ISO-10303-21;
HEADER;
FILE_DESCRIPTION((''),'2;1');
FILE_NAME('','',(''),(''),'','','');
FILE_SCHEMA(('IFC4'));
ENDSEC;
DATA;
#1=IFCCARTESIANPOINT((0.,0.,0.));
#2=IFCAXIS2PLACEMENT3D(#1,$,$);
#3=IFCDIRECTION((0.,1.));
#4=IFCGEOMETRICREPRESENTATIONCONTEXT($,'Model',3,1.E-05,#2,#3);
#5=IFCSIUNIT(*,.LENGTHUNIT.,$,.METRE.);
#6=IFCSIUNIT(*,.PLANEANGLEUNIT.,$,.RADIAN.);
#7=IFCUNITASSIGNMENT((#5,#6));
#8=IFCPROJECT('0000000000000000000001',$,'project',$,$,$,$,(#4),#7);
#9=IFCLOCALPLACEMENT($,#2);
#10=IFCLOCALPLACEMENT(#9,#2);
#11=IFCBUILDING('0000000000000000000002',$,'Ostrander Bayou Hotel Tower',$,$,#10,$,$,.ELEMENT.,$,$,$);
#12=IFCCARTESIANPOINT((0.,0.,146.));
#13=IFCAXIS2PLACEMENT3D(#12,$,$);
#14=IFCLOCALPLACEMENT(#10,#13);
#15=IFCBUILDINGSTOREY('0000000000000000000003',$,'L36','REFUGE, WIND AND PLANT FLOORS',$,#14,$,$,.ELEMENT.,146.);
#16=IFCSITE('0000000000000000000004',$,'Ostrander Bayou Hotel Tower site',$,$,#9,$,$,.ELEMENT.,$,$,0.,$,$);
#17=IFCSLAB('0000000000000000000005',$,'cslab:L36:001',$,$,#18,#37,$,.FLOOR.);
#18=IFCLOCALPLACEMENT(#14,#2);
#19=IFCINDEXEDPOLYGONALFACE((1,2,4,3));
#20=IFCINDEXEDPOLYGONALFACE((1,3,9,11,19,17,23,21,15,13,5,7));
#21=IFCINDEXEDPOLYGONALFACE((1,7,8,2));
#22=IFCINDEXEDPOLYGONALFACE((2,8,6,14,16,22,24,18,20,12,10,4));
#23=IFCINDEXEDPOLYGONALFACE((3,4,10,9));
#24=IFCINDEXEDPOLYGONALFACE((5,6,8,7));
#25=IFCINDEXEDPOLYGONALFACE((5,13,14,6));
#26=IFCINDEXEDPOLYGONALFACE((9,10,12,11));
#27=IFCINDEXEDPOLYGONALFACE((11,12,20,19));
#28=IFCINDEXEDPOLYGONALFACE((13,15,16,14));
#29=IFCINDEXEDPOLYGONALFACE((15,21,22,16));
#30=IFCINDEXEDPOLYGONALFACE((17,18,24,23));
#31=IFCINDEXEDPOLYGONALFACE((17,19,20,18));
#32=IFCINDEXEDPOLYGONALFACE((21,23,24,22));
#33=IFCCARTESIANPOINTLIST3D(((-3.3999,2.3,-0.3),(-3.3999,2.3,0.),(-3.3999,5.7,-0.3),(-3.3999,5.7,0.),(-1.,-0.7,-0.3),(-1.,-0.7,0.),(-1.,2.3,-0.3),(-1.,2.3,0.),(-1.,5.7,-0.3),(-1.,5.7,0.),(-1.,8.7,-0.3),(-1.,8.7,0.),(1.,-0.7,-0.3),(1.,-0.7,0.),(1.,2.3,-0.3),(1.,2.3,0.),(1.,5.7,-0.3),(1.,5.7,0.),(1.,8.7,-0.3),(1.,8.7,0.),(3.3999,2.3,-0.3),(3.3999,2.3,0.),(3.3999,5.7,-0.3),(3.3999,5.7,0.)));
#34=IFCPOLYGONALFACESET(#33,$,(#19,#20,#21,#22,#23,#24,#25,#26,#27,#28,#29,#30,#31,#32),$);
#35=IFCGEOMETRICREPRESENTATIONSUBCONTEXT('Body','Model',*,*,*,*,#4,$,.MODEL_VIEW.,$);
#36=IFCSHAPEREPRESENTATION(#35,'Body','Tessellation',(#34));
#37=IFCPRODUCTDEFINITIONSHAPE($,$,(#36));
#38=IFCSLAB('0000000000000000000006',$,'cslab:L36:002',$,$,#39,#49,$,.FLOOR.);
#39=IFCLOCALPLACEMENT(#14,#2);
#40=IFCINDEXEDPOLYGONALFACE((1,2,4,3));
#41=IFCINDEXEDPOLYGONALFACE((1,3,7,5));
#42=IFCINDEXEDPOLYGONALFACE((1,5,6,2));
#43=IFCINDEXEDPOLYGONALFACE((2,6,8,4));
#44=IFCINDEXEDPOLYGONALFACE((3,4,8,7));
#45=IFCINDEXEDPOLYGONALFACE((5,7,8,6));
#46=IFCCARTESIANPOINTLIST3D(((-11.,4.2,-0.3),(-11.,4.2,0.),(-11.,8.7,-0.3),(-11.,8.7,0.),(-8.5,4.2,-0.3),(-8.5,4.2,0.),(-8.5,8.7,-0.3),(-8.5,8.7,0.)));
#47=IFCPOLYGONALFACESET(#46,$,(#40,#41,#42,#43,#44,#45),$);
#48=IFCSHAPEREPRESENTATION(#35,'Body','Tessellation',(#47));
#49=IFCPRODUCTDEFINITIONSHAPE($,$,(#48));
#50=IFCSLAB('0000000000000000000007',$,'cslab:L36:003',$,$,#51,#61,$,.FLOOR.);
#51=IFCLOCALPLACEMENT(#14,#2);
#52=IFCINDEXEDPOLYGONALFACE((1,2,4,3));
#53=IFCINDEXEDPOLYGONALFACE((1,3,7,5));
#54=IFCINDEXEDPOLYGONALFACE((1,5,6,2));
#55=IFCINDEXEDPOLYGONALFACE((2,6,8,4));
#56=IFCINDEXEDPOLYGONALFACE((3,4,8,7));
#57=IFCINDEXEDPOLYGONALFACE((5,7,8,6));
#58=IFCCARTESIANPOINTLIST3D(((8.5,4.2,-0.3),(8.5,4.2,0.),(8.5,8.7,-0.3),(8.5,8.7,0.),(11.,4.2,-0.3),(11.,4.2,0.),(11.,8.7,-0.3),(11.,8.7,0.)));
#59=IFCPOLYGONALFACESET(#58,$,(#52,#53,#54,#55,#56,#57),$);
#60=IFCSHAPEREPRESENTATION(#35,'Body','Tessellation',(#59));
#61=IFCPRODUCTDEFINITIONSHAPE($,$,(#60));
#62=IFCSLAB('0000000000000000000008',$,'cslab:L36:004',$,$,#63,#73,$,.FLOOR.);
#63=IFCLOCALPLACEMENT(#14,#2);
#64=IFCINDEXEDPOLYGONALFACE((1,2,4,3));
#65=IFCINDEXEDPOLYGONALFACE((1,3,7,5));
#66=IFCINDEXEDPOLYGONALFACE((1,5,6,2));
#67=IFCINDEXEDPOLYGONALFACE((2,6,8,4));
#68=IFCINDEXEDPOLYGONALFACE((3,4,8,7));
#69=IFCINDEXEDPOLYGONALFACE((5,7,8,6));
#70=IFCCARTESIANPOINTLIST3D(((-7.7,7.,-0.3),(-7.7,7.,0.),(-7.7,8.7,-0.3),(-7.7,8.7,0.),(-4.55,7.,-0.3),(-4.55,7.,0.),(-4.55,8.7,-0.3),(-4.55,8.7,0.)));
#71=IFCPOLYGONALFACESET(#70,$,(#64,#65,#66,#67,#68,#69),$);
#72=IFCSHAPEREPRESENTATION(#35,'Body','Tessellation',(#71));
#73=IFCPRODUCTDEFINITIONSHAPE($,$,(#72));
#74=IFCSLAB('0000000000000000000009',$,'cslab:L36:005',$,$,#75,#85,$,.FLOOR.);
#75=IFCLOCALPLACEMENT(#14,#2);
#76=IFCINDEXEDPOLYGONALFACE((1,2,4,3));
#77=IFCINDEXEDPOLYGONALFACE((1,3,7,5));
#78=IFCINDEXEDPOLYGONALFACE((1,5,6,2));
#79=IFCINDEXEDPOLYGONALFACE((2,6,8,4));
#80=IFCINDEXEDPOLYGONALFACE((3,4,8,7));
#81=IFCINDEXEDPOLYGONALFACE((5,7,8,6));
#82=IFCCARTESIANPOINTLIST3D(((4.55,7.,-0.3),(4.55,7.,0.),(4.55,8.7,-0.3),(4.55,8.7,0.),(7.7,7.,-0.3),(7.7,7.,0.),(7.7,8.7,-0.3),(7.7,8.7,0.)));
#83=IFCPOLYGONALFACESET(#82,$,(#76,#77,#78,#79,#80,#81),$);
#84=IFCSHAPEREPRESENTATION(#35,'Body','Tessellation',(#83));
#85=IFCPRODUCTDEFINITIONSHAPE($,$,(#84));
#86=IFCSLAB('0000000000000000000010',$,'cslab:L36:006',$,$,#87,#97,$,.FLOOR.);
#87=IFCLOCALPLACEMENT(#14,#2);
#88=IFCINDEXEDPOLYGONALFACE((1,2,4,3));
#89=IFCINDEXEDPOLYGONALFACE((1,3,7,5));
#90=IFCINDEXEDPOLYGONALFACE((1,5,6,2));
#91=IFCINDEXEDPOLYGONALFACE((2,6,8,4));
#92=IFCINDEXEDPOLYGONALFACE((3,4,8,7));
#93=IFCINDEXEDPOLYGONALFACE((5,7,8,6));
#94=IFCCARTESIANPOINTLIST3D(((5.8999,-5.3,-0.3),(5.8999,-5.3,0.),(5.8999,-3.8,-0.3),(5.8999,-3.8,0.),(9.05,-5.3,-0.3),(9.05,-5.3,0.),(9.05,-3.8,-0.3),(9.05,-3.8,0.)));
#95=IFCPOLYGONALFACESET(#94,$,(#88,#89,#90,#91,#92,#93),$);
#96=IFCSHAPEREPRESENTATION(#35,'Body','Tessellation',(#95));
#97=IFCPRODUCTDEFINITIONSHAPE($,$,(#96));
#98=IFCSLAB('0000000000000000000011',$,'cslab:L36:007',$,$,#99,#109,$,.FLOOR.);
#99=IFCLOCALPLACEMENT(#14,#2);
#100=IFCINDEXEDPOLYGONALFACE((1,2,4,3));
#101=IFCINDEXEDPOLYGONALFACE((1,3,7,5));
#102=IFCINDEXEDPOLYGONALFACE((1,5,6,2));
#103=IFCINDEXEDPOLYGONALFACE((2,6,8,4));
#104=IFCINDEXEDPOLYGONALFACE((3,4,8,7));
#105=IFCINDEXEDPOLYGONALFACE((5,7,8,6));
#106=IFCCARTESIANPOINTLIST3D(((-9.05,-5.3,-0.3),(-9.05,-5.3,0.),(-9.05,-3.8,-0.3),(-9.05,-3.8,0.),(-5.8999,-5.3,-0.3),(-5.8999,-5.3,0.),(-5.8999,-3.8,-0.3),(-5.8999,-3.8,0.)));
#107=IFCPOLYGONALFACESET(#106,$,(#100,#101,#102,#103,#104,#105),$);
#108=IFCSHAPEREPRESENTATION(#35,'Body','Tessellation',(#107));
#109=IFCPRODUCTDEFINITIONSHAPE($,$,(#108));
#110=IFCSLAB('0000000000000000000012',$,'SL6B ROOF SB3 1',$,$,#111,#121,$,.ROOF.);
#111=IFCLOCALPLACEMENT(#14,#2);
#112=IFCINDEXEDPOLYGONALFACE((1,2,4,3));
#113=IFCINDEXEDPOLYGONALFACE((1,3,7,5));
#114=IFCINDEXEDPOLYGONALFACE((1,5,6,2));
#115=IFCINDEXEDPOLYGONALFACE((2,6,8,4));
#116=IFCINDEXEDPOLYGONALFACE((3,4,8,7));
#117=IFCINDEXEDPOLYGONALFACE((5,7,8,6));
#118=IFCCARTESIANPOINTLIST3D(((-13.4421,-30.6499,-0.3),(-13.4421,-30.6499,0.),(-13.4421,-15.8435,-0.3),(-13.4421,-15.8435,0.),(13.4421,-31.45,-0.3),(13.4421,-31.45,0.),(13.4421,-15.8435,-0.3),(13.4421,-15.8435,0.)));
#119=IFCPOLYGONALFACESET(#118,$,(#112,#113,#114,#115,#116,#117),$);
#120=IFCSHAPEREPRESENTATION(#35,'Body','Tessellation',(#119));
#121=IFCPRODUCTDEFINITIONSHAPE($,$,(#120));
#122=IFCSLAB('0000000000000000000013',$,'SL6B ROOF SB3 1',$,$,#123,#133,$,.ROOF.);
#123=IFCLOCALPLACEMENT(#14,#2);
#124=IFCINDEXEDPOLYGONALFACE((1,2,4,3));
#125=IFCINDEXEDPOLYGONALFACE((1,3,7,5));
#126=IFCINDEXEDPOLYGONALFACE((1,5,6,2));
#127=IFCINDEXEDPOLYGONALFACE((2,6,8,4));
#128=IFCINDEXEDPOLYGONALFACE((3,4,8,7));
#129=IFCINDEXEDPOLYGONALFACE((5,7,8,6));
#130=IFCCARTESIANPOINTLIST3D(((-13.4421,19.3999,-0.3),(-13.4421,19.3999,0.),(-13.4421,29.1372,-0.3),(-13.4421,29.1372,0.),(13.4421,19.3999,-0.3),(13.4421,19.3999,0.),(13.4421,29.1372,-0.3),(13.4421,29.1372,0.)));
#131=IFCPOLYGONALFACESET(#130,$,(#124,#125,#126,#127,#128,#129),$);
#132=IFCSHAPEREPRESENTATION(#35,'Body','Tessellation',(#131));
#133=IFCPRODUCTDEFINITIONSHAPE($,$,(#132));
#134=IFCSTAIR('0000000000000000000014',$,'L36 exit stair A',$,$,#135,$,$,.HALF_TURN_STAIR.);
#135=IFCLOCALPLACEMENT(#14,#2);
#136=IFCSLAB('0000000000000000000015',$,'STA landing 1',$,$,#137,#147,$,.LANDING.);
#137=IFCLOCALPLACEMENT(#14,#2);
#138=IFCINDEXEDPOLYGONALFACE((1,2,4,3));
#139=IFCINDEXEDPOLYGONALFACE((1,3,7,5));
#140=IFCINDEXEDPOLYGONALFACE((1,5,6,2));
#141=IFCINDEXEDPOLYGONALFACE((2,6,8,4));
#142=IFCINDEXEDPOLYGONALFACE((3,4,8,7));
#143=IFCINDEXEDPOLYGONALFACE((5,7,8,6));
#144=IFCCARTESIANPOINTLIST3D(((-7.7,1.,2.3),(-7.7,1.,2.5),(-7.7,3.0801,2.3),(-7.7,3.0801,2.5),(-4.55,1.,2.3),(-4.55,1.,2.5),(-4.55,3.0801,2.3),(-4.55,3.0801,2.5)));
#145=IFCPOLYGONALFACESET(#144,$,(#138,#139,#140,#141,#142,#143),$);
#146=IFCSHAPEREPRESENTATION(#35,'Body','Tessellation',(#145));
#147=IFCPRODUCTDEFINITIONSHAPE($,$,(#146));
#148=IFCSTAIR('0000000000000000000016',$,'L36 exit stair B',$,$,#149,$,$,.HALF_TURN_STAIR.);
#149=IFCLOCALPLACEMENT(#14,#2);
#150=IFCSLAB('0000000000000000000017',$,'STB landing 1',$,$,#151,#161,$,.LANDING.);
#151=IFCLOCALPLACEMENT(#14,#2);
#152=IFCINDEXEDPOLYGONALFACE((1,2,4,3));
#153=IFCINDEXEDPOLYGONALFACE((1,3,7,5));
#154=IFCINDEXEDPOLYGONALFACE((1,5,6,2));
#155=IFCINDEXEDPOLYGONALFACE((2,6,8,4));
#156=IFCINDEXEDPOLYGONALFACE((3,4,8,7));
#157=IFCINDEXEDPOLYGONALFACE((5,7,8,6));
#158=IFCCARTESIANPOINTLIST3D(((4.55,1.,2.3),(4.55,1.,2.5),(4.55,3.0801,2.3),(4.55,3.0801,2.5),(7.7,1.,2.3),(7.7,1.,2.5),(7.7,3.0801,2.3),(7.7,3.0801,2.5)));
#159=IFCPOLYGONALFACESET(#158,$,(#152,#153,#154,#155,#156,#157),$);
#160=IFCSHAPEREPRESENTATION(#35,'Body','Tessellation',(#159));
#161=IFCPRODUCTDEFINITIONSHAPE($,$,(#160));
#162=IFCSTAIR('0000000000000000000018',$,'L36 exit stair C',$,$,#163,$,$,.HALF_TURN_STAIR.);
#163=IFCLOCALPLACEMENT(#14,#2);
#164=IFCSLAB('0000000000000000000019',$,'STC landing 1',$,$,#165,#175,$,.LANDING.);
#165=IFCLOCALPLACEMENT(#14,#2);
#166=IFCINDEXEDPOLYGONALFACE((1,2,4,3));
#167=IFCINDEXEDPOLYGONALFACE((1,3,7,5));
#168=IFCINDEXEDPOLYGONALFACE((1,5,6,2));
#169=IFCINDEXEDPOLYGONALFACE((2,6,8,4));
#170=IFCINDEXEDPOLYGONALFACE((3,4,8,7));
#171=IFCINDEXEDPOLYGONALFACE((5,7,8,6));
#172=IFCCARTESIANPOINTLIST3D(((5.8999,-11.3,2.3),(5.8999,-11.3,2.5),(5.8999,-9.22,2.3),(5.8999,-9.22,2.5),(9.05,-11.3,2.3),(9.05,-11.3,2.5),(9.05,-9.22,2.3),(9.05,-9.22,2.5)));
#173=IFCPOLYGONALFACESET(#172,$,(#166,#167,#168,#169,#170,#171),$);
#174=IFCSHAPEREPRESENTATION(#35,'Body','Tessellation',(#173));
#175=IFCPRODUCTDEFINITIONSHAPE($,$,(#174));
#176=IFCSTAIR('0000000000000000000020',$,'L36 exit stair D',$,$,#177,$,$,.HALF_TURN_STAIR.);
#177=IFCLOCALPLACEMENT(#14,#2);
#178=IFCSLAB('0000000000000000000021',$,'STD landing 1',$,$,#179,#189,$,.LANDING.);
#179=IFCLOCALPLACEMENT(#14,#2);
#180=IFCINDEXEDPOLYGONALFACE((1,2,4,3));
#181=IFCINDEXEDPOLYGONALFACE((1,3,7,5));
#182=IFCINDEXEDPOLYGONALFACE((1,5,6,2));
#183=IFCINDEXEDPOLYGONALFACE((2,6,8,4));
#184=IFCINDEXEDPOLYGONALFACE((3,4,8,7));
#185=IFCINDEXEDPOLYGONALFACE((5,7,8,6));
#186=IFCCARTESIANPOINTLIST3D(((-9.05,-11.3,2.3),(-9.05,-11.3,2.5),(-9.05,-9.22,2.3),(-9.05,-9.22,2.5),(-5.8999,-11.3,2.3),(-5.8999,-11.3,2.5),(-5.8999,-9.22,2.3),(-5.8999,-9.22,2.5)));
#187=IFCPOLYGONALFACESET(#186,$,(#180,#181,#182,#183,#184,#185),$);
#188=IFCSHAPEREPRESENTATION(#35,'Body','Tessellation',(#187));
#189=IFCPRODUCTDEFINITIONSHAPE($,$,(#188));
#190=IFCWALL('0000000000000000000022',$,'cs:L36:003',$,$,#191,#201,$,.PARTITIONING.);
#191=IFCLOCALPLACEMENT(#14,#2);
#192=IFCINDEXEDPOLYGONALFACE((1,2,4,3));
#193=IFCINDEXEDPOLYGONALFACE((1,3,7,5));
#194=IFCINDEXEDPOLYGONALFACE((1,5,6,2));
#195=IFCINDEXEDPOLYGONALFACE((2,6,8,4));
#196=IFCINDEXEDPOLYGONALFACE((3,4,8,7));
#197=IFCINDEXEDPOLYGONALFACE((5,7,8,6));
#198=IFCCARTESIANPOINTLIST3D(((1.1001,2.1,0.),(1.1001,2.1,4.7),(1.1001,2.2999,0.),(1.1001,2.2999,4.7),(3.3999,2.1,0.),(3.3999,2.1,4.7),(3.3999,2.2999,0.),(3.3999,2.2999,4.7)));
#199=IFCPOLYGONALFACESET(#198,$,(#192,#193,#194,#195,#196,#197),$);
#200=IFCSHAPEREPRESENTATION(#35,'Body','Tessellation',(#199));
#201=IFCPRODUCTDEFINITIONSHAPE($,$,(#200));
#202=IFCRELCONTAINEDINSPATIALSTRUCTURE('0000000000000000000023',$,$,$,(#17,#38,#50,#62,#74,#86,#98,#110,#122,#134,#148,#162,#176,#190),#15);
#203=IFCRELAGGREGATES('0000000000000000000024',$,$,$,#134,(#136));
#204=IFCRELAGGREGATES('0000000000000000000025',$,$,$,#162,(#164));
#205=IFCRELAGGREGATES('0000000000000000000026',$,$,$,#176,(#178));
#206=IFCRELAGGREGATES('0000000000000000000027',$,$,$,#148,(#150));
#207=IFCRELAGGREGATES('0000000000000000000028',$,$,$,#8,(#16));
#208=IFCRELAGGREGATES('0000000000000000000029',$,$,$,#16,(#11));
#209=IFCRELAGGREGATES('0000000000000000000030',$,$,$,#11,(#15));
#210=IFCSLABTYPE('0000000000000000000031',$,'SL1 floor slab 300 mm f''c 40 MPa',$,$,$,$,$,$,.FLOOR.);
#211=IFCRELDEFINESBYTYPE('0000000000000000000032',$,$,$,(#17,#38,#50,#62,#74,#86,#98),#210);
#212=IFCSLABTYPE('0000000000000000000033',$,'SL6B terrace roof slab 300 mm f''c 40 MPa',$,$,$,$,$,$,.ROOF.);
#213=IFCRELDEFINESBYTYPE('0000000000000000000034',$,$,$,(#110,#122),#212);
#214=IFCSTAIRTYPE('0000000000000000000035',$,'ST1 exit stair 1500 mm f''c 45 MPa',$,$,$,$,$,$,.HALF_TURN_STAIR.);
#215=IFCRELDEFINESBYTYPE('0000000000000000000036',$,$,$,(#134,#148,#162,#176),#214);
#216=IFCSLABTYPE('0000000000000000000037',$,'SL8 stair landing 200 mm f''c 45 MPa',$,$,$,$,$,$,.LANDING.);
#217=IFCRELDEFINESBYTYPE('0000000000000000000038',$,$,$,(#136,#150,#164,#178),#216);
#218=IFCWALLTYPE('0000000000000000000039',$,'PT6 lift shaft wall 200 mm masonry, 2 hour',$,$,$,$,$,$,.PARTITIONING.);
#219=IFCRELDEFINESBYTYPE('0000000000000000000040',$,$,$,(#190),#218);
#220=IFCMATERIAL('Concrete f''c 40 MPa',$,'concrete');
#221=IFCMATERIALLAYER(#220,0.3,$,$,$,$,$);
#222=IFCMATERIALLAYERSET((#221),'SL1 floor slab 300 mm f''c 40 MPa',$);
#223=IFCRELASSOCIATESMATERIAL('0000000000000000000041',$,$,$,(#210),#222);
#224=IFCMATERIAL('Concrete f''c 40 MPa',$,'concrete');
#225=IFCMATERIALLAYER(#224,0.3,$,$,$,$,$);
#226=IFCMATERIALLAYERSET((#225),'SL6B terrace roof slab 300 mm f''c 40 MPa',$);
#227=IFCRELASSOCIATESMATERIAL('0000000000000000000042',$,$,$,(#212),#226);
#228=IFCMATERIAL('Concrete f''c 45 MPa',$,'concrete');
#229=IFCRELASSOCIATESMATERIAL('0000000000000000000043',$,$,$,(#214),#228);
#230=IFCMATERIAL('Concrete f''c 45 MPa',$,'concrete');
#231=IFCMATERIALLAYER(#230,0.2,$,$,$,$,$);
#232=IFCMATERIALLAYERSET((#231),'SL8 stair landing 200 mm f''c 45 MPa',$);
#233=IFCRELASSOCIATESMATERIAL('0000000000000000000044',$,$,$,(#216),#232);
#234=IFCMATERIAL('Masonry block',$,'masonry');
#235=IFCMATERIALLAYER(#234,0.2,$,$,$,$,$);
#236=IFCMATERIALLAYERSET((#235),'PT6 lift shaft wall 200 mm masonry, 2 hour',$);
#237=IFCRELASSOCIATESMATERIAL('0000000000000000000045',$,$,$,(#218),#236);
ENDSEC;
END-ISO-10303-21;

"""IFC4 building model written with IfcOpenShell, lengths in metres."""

from ifc_helpers import new_model, si_unit, direction, frame, frame_2d, origin, place, context, subcontext, project, spatial, polyline, rectangle, outline, extrude, material, layer, layer_set, type_object, element, aggregate, save


model = new_model("IFC4")

# Units and contexts
model_context = context("Model", 3, precision=1e-05, world=origin(), true_north=direction((0.0, 1.0)))
body_context = subcontext(model_context, "Body", "Model", "MODEL_VIEW")
ifc_project = project(units=[si_unit("LENGTHUNIT", "METRE"), si_unit("PLANEANGLEUNIT", "RADIAN")], contexts=[model_context])

# Site, building, storey
site_placement = place(None, origin())
site = spatial("IfcSite", under=ifc_project, at=site_placement, Name="Ostrander Bayou Hotel Tower site", CompositionType="ELEMENT", RefElevation=0.0)
building_placement = place(site_placement, origin())
building = spatial("IfcBuilding", under=site, at=building_placement, Name="Ostrander Bayou Hotel Tower", CompositionType="ELEMENT")
storey_placement = place(building_placement, frame((0.0, 0.0, 146.0)))
storey = spatial("IfcBuildingStorey", under=building, at=storey_placement, Name="L36", Description="REFUGE, WIND AND PLANT FLOORS", CompositionType="ELEMENT", Elevation=146.0)

# Slabs
ifc_material_1 = material(Name="Concrete f'c 40 MPa", Category="concrete")
ifc_layer_1 = layer(ifc_material_1, 0.3)
ifc_layer_set_1 = layer_set([ifc_layer_1], Name="SL1 floor slab 300 mm f'c 40 MPa")
slab_type_1 = type_object("IfcSlabType", Name="SL1 floor slab 300 mm f'c 40 MPa", PredefinedType="FLOOR", material=ifc_layer_set_1)
slab_1_placement = place(storey_placement, frame((0.0, 0.0, -0.3)))
element("IfcSlab", 1, at=slab_1_placement, inside=storey, type_object=slab_type_1, Name="cslab:L36:001", PredefinedType="FLOOR", context=body_context, shape_type="SweptSolid", body=[
    extrude(outline(polyline([(-3.3999, 5.7), (-1.0, 5.7), (-1.0, 8.7), (1.0, 8.7), (1.0, 5.7), (3.3999, 5.7), (3.3999, 2.3), (1.0, 2.3), (1.0, -0.7), (-1.0, -0.7), (-1.0, 2.3), (-3.3999, 2.3), (-3.3999, 5.7)])), origin(), (0.0, 0.0, 1.0), 0.3),
])
slab_2_placement = place(storey_placement, frame((0.0, 0.0, -0.3)))
element("IfcSlab", 2, at=slab_2_placement, inside=storey, type_object=slab_type_1, Name="cslab:L36:002", PredefinedType="FLOOR", context=body_context, shape_type="SweptSolid", body=[
    extrude(outline(polyline([(-8.5, 4.2), (-8.5, 8.7), (-11.0, 8.7), (-11.0, 4.2), (-8.5, 4.2)])), origin(), (0.0, 0.0, 1.0), 0.3),
])
slab_3_placement = place(storey_placement, frame((0.0, 0.0, -0.3)))
element("IfcSlab", 3, at=slab_3_placement, inside=storey, type_object=slab_type_1, Name="cslab:L36:003", PredefinedType="FLOOR", context=body_context, shape_type="SweptSolid", body=[
    extrude(outline(polyline([(11.0, 4.2), (11.0, 8.7), (8.5, 8.7), (8.5, 4.2), (11.0, 4.2)])), origin(), (0.0, 0.0, 1.0), 0.3),
])
slab_4_placement = place(storey_placement, frame((0.0, 0.0, -0.3)))
element("IfcSlab", 4, at=slab_4_placement, inside=storey, type_object=slab_type_1, Name="cslab:L36:004", PredefinedType="FLOOR", context=body_context, shape_type="SweptSolid", body=[
    extrude(outline(polyline([(-4.55, 7.0), (-4.55, 8.7), (-7.7, 8.7), (-7.7, 7.0), (-4.55, 7.0)])), origin(), (0.0, 0.0, 1.0), 0.3),
])
slab_5_placement = place(storey_placement, frame((0.0, 0.0, -0.3)))
element("IfcSlab", 5, at=slab_5_placement, inside=storey, type_object=slab_type_1, Name="cslab:L36:005", PredefinedType="FLOOR", context=body_context, shape_type="SweptSolid", body=[
    extrude(outline(polyline([(7.7, 7.0), (7.7, 8.7), (4.55, 8.7), (4.55, 7.0), (7.7, 7.0)])), origin(), (0.0, 0.0, 1.0), 0.3),
])
slab_6_placement = place(storey_placement, frame((0.0, 0.0, -0.3)))
element("IfcSlab", 6, at=slab_6_placement, inside=storey, type_object=slab_type_1, Name="cslab:L36:006", PredefinedType="FLOOR", context=body_context, shape_type="SweptSolid", body=[
    extrude(outline(polyline([(9.05, -5.3), (9.05, -3.8), (5.8999, -3.8), (5.8999, -5.3), (9.05, -5.3)])), origin(), (0.0, 0.0, 1.0), 0.3),
])
slab_7_placement = place(storey_placement, frame((0.0, 0.0, -0.3)))
element("IfcSlab", 7, at=slab_7_placement, inside=storey, type_object=slab_type_1, Name="cslab:L36:007", PredefinedType="FLOOR", context=body_context, shape_type="SweptSolid", body=[
    extrude(outline(polyline([(-5.8999, -5.3), (-5.8999, -3.8), (-9.05, -3.8), (-9.05, -5.3), (-5.8999, -5.3)])), origin(), (0.0, 0.0, 1.0), 0.3),
])
ifc_material_2 = material(Name="Concrete f'c 40 MPa", Category="concrete")
ifc_layer_2 = layer(ifc_material_2, 0.3)
ifc_layer_set_2 = layer_set([ifc_layer_2], Name="SL6B terrace roof slab 300 mm f'c 40 MPa")
slab_type_2 = type_object("IfcSlabType", Name="SL6B terrace roof slab 300 mm f'c 40 MPa", PredefinedType="ROOF", material=ifc_layer_set_2)
slab_8_placement = place(storey_placement, frame((0.0, 0.0, -0.3)))
element("IfcSlab", 8, at=slab_8_placement, inside=storey, type_object=slab_type_2, Name="SL6B ROOF SB3 1", PredefinedType="ROOF", context=body_context, shape_type="SweptSolid", body=[
    extrude(outline(polyline([(-13.4421, -15.8435), (13.4421, -15.8435), (13.4421, -31.45), (-13.4421, -30.6499), (-13.4421, -15.8435)])), origin(), (0.0, 0.0, 1.0), 0.3),
])
slab_9_placement = place(storey_placement, frame((0.0, 0.0, -0.3)))
element("IfcSlab", 9, at=slab_9_placement, inside=storey, type_object=slab_type_2, Name="SL6B ROOF SB3 1", PredefinedType="ROOF", context=body_context, shape_type="SweptSolid", body=[
    extrude(outline(polyline([(-13.4421, 29.1372), (13.4421, 29.1372), (13.4421, 19.3999), (-13.4421, 19.3999), (-13.4421, 29.1372)])), origin(), (0.0, 0.0, 1.0), 0.3),
])

# Stairs, slabs
ifc_material_3 = material(Name="Concrete f'c 45 MPa", Category="concrete")
stair_type = type_object("IfcStairType", Name="ST1 exit stair 1500 mm f'c 45 MPa", PredefinedType="HALF_TURN_STAIR", material=ifc_material_3)
stair_1_placement = place(storey_placement, origin())
stair_1 = element("IfcStair", 10, at=stair_1_placement, inside=storey, type_object=stair_type, Name="L36 exit stair A", PredefinedType="HALF_TURN_STAIR")
ifc_material_4 = material(Name="Concrete f'c 45 MPa", Category="concrete")
ifc_layer_3 = layer(ifc_material_4, 0.2)
ifc_layer_set_3 = layer_set([ifc_layer_3], Name="SL8 stair landing 200 mm f'c 45 MPa")
slab_type_3 = type_object("IfcSlabType", Name="SL8 stair landing 200 mm f'c 45 MPa", PredefinedType="LANDING", material=ifc_layer_set_3)
slab_10_placement = place(storey_placement, frame((0.0, 0.0, 2.3)))
slab_10 = element("IfcSlab", 11, at=slab_10_placement, type_object=slab_type_3, Name="STA landing 1", PredefinedType="LANDING", context=body_context, shape_type="SweptSolid", body=[
    extrude(outline(polyline([(-7.7, 3.0801), (-7.7, 1.0), (-4.55, 1.0), (-4.55, 3.0801), (-7.7, 3.0801)])), origin(), (0.0, 0.0, 1.0), 0.2),
])
aggregate(stair_1, [slab_10])
stair_2_placement = place(storey_placement, origin())
stair_2 = element("IfcStair", 12, at=stair_2_placement, inside=storey, type_object=stair_type, Name="L36 exit stair B", PredefinedType="HALF_TURN_STAIR")
slab_11_placement = place(storey_placement, frame((0.0, 0.0, 2.3)))
slab_11 = element("IfcSlab", 13, at=slab_11_placement, type_object=slab_type_3, Name="STB landing 1", PredefinedType="LANDING", context=body_context, shape_type="SweptSolid", body=[
    extrude(outline(polyline([(4.55, 3.0801), (4.55, 1.0), (7.7, 1.0), (7.7, 3.0801), (4.55, 3.0801)])), origin(), (0.0, 0.0, 1.0), 0.2),
])
stair_3_placement = place(storey_placement, origin())
stair_3 = element("IfcStair", 14, at=stair_3_placement, inside=storey, type_object=stair_type, Name="L36 exit stair C", PredefinedType="HALF_TURN_STAIR")
slab_12_placement = place(storey_placement, frame((0.0, 0.0, 2.3)))
slab_12 = element("IfcSlab", 15, at=slab_12_placement, type_object=slab_type_3, Name="STC landing 1", PredefinedType="LANDING", context=body_context, shape_type="SweptSolid", body=[
    extrude(outline(polyline([(5.8999, -9.22), (5.8999, -11.3), (9.05, -11.3), (9.05, -9.22), (5.8999, -9.22)])), origin(), (0.0, 0.0, 1.0), 0.2),
])
aggregate(stair_3, [slab_12])
stair_4_placement = place(storey_placement, origin())
stair_4 = element("IfcStair", 16, at=stair_4_placement, inside=storey, type_object=stair_type, Name="L36 exit stair D", PredefinedType="HALF_TURN_STAIR")
slab_13_placement = place(storey_placement, frame((0.0, 0.0, 2.3)))
slab_13 = element("IfcSlab", 17, at=slab_13_placement, type_object=slab_type_3, Name="STD landing 1", PredefinedType="LANDING", context=body_context, shape_type="SweptSolid", body=[
    extrude(outline(polyline([(-9.05, -9.22), (-9.05, -11.3), (-5.8999, -11.3), (-5.8999, -9.22), (-9.05, -9.22)])), origin(), (0.0, 0.0, 1.0), 0.2),
])
aggregate(stair_4, [slab_13])

# Wall
ifc_material_5 = material(Name="Masonry block", Category="masonry")
ifc_layer_4 = layer(ifc_material_5, 0.2)
ifc_layer_set_4 = layer_set([ifc_layer_4], Name="PT6 lift shaft wall 200 mm masonry, 2 hour")
wall_type_1 = type_object("IfcWallType", Name="PT6 lift shaft wall 200 mm masonry, 2 hour", PredefinedType="PARTITIONING", material=ifc_layer_set_4)
for number, where, z_axis, x_axis, name in (
    (18, (1.1001, 2.2, 0.0), (0.0, 0.0, 1.0), (1.0, 0.0, 0.0), "cs:L36:003"),
):
    element("IfcWall", number, at=place(storey_placement, frame(where, z_axis=z_axis, x_axis=x_axis)), inside=storey, type_object=wall_type_1, Name=name, PredefinedType="PARTITIONING", context=body_context, shape_type="SweptSolid", body=[
        extrude(rectangle(XDim=2.2998, YDim=0.2, at=frame_2d((1.1499, 0.0))), origin(), (0.0, 0.0, 1.0), 4.7),
    ])

aggregate(stair_2, [slab_11])

save(model, "model.ifc")
